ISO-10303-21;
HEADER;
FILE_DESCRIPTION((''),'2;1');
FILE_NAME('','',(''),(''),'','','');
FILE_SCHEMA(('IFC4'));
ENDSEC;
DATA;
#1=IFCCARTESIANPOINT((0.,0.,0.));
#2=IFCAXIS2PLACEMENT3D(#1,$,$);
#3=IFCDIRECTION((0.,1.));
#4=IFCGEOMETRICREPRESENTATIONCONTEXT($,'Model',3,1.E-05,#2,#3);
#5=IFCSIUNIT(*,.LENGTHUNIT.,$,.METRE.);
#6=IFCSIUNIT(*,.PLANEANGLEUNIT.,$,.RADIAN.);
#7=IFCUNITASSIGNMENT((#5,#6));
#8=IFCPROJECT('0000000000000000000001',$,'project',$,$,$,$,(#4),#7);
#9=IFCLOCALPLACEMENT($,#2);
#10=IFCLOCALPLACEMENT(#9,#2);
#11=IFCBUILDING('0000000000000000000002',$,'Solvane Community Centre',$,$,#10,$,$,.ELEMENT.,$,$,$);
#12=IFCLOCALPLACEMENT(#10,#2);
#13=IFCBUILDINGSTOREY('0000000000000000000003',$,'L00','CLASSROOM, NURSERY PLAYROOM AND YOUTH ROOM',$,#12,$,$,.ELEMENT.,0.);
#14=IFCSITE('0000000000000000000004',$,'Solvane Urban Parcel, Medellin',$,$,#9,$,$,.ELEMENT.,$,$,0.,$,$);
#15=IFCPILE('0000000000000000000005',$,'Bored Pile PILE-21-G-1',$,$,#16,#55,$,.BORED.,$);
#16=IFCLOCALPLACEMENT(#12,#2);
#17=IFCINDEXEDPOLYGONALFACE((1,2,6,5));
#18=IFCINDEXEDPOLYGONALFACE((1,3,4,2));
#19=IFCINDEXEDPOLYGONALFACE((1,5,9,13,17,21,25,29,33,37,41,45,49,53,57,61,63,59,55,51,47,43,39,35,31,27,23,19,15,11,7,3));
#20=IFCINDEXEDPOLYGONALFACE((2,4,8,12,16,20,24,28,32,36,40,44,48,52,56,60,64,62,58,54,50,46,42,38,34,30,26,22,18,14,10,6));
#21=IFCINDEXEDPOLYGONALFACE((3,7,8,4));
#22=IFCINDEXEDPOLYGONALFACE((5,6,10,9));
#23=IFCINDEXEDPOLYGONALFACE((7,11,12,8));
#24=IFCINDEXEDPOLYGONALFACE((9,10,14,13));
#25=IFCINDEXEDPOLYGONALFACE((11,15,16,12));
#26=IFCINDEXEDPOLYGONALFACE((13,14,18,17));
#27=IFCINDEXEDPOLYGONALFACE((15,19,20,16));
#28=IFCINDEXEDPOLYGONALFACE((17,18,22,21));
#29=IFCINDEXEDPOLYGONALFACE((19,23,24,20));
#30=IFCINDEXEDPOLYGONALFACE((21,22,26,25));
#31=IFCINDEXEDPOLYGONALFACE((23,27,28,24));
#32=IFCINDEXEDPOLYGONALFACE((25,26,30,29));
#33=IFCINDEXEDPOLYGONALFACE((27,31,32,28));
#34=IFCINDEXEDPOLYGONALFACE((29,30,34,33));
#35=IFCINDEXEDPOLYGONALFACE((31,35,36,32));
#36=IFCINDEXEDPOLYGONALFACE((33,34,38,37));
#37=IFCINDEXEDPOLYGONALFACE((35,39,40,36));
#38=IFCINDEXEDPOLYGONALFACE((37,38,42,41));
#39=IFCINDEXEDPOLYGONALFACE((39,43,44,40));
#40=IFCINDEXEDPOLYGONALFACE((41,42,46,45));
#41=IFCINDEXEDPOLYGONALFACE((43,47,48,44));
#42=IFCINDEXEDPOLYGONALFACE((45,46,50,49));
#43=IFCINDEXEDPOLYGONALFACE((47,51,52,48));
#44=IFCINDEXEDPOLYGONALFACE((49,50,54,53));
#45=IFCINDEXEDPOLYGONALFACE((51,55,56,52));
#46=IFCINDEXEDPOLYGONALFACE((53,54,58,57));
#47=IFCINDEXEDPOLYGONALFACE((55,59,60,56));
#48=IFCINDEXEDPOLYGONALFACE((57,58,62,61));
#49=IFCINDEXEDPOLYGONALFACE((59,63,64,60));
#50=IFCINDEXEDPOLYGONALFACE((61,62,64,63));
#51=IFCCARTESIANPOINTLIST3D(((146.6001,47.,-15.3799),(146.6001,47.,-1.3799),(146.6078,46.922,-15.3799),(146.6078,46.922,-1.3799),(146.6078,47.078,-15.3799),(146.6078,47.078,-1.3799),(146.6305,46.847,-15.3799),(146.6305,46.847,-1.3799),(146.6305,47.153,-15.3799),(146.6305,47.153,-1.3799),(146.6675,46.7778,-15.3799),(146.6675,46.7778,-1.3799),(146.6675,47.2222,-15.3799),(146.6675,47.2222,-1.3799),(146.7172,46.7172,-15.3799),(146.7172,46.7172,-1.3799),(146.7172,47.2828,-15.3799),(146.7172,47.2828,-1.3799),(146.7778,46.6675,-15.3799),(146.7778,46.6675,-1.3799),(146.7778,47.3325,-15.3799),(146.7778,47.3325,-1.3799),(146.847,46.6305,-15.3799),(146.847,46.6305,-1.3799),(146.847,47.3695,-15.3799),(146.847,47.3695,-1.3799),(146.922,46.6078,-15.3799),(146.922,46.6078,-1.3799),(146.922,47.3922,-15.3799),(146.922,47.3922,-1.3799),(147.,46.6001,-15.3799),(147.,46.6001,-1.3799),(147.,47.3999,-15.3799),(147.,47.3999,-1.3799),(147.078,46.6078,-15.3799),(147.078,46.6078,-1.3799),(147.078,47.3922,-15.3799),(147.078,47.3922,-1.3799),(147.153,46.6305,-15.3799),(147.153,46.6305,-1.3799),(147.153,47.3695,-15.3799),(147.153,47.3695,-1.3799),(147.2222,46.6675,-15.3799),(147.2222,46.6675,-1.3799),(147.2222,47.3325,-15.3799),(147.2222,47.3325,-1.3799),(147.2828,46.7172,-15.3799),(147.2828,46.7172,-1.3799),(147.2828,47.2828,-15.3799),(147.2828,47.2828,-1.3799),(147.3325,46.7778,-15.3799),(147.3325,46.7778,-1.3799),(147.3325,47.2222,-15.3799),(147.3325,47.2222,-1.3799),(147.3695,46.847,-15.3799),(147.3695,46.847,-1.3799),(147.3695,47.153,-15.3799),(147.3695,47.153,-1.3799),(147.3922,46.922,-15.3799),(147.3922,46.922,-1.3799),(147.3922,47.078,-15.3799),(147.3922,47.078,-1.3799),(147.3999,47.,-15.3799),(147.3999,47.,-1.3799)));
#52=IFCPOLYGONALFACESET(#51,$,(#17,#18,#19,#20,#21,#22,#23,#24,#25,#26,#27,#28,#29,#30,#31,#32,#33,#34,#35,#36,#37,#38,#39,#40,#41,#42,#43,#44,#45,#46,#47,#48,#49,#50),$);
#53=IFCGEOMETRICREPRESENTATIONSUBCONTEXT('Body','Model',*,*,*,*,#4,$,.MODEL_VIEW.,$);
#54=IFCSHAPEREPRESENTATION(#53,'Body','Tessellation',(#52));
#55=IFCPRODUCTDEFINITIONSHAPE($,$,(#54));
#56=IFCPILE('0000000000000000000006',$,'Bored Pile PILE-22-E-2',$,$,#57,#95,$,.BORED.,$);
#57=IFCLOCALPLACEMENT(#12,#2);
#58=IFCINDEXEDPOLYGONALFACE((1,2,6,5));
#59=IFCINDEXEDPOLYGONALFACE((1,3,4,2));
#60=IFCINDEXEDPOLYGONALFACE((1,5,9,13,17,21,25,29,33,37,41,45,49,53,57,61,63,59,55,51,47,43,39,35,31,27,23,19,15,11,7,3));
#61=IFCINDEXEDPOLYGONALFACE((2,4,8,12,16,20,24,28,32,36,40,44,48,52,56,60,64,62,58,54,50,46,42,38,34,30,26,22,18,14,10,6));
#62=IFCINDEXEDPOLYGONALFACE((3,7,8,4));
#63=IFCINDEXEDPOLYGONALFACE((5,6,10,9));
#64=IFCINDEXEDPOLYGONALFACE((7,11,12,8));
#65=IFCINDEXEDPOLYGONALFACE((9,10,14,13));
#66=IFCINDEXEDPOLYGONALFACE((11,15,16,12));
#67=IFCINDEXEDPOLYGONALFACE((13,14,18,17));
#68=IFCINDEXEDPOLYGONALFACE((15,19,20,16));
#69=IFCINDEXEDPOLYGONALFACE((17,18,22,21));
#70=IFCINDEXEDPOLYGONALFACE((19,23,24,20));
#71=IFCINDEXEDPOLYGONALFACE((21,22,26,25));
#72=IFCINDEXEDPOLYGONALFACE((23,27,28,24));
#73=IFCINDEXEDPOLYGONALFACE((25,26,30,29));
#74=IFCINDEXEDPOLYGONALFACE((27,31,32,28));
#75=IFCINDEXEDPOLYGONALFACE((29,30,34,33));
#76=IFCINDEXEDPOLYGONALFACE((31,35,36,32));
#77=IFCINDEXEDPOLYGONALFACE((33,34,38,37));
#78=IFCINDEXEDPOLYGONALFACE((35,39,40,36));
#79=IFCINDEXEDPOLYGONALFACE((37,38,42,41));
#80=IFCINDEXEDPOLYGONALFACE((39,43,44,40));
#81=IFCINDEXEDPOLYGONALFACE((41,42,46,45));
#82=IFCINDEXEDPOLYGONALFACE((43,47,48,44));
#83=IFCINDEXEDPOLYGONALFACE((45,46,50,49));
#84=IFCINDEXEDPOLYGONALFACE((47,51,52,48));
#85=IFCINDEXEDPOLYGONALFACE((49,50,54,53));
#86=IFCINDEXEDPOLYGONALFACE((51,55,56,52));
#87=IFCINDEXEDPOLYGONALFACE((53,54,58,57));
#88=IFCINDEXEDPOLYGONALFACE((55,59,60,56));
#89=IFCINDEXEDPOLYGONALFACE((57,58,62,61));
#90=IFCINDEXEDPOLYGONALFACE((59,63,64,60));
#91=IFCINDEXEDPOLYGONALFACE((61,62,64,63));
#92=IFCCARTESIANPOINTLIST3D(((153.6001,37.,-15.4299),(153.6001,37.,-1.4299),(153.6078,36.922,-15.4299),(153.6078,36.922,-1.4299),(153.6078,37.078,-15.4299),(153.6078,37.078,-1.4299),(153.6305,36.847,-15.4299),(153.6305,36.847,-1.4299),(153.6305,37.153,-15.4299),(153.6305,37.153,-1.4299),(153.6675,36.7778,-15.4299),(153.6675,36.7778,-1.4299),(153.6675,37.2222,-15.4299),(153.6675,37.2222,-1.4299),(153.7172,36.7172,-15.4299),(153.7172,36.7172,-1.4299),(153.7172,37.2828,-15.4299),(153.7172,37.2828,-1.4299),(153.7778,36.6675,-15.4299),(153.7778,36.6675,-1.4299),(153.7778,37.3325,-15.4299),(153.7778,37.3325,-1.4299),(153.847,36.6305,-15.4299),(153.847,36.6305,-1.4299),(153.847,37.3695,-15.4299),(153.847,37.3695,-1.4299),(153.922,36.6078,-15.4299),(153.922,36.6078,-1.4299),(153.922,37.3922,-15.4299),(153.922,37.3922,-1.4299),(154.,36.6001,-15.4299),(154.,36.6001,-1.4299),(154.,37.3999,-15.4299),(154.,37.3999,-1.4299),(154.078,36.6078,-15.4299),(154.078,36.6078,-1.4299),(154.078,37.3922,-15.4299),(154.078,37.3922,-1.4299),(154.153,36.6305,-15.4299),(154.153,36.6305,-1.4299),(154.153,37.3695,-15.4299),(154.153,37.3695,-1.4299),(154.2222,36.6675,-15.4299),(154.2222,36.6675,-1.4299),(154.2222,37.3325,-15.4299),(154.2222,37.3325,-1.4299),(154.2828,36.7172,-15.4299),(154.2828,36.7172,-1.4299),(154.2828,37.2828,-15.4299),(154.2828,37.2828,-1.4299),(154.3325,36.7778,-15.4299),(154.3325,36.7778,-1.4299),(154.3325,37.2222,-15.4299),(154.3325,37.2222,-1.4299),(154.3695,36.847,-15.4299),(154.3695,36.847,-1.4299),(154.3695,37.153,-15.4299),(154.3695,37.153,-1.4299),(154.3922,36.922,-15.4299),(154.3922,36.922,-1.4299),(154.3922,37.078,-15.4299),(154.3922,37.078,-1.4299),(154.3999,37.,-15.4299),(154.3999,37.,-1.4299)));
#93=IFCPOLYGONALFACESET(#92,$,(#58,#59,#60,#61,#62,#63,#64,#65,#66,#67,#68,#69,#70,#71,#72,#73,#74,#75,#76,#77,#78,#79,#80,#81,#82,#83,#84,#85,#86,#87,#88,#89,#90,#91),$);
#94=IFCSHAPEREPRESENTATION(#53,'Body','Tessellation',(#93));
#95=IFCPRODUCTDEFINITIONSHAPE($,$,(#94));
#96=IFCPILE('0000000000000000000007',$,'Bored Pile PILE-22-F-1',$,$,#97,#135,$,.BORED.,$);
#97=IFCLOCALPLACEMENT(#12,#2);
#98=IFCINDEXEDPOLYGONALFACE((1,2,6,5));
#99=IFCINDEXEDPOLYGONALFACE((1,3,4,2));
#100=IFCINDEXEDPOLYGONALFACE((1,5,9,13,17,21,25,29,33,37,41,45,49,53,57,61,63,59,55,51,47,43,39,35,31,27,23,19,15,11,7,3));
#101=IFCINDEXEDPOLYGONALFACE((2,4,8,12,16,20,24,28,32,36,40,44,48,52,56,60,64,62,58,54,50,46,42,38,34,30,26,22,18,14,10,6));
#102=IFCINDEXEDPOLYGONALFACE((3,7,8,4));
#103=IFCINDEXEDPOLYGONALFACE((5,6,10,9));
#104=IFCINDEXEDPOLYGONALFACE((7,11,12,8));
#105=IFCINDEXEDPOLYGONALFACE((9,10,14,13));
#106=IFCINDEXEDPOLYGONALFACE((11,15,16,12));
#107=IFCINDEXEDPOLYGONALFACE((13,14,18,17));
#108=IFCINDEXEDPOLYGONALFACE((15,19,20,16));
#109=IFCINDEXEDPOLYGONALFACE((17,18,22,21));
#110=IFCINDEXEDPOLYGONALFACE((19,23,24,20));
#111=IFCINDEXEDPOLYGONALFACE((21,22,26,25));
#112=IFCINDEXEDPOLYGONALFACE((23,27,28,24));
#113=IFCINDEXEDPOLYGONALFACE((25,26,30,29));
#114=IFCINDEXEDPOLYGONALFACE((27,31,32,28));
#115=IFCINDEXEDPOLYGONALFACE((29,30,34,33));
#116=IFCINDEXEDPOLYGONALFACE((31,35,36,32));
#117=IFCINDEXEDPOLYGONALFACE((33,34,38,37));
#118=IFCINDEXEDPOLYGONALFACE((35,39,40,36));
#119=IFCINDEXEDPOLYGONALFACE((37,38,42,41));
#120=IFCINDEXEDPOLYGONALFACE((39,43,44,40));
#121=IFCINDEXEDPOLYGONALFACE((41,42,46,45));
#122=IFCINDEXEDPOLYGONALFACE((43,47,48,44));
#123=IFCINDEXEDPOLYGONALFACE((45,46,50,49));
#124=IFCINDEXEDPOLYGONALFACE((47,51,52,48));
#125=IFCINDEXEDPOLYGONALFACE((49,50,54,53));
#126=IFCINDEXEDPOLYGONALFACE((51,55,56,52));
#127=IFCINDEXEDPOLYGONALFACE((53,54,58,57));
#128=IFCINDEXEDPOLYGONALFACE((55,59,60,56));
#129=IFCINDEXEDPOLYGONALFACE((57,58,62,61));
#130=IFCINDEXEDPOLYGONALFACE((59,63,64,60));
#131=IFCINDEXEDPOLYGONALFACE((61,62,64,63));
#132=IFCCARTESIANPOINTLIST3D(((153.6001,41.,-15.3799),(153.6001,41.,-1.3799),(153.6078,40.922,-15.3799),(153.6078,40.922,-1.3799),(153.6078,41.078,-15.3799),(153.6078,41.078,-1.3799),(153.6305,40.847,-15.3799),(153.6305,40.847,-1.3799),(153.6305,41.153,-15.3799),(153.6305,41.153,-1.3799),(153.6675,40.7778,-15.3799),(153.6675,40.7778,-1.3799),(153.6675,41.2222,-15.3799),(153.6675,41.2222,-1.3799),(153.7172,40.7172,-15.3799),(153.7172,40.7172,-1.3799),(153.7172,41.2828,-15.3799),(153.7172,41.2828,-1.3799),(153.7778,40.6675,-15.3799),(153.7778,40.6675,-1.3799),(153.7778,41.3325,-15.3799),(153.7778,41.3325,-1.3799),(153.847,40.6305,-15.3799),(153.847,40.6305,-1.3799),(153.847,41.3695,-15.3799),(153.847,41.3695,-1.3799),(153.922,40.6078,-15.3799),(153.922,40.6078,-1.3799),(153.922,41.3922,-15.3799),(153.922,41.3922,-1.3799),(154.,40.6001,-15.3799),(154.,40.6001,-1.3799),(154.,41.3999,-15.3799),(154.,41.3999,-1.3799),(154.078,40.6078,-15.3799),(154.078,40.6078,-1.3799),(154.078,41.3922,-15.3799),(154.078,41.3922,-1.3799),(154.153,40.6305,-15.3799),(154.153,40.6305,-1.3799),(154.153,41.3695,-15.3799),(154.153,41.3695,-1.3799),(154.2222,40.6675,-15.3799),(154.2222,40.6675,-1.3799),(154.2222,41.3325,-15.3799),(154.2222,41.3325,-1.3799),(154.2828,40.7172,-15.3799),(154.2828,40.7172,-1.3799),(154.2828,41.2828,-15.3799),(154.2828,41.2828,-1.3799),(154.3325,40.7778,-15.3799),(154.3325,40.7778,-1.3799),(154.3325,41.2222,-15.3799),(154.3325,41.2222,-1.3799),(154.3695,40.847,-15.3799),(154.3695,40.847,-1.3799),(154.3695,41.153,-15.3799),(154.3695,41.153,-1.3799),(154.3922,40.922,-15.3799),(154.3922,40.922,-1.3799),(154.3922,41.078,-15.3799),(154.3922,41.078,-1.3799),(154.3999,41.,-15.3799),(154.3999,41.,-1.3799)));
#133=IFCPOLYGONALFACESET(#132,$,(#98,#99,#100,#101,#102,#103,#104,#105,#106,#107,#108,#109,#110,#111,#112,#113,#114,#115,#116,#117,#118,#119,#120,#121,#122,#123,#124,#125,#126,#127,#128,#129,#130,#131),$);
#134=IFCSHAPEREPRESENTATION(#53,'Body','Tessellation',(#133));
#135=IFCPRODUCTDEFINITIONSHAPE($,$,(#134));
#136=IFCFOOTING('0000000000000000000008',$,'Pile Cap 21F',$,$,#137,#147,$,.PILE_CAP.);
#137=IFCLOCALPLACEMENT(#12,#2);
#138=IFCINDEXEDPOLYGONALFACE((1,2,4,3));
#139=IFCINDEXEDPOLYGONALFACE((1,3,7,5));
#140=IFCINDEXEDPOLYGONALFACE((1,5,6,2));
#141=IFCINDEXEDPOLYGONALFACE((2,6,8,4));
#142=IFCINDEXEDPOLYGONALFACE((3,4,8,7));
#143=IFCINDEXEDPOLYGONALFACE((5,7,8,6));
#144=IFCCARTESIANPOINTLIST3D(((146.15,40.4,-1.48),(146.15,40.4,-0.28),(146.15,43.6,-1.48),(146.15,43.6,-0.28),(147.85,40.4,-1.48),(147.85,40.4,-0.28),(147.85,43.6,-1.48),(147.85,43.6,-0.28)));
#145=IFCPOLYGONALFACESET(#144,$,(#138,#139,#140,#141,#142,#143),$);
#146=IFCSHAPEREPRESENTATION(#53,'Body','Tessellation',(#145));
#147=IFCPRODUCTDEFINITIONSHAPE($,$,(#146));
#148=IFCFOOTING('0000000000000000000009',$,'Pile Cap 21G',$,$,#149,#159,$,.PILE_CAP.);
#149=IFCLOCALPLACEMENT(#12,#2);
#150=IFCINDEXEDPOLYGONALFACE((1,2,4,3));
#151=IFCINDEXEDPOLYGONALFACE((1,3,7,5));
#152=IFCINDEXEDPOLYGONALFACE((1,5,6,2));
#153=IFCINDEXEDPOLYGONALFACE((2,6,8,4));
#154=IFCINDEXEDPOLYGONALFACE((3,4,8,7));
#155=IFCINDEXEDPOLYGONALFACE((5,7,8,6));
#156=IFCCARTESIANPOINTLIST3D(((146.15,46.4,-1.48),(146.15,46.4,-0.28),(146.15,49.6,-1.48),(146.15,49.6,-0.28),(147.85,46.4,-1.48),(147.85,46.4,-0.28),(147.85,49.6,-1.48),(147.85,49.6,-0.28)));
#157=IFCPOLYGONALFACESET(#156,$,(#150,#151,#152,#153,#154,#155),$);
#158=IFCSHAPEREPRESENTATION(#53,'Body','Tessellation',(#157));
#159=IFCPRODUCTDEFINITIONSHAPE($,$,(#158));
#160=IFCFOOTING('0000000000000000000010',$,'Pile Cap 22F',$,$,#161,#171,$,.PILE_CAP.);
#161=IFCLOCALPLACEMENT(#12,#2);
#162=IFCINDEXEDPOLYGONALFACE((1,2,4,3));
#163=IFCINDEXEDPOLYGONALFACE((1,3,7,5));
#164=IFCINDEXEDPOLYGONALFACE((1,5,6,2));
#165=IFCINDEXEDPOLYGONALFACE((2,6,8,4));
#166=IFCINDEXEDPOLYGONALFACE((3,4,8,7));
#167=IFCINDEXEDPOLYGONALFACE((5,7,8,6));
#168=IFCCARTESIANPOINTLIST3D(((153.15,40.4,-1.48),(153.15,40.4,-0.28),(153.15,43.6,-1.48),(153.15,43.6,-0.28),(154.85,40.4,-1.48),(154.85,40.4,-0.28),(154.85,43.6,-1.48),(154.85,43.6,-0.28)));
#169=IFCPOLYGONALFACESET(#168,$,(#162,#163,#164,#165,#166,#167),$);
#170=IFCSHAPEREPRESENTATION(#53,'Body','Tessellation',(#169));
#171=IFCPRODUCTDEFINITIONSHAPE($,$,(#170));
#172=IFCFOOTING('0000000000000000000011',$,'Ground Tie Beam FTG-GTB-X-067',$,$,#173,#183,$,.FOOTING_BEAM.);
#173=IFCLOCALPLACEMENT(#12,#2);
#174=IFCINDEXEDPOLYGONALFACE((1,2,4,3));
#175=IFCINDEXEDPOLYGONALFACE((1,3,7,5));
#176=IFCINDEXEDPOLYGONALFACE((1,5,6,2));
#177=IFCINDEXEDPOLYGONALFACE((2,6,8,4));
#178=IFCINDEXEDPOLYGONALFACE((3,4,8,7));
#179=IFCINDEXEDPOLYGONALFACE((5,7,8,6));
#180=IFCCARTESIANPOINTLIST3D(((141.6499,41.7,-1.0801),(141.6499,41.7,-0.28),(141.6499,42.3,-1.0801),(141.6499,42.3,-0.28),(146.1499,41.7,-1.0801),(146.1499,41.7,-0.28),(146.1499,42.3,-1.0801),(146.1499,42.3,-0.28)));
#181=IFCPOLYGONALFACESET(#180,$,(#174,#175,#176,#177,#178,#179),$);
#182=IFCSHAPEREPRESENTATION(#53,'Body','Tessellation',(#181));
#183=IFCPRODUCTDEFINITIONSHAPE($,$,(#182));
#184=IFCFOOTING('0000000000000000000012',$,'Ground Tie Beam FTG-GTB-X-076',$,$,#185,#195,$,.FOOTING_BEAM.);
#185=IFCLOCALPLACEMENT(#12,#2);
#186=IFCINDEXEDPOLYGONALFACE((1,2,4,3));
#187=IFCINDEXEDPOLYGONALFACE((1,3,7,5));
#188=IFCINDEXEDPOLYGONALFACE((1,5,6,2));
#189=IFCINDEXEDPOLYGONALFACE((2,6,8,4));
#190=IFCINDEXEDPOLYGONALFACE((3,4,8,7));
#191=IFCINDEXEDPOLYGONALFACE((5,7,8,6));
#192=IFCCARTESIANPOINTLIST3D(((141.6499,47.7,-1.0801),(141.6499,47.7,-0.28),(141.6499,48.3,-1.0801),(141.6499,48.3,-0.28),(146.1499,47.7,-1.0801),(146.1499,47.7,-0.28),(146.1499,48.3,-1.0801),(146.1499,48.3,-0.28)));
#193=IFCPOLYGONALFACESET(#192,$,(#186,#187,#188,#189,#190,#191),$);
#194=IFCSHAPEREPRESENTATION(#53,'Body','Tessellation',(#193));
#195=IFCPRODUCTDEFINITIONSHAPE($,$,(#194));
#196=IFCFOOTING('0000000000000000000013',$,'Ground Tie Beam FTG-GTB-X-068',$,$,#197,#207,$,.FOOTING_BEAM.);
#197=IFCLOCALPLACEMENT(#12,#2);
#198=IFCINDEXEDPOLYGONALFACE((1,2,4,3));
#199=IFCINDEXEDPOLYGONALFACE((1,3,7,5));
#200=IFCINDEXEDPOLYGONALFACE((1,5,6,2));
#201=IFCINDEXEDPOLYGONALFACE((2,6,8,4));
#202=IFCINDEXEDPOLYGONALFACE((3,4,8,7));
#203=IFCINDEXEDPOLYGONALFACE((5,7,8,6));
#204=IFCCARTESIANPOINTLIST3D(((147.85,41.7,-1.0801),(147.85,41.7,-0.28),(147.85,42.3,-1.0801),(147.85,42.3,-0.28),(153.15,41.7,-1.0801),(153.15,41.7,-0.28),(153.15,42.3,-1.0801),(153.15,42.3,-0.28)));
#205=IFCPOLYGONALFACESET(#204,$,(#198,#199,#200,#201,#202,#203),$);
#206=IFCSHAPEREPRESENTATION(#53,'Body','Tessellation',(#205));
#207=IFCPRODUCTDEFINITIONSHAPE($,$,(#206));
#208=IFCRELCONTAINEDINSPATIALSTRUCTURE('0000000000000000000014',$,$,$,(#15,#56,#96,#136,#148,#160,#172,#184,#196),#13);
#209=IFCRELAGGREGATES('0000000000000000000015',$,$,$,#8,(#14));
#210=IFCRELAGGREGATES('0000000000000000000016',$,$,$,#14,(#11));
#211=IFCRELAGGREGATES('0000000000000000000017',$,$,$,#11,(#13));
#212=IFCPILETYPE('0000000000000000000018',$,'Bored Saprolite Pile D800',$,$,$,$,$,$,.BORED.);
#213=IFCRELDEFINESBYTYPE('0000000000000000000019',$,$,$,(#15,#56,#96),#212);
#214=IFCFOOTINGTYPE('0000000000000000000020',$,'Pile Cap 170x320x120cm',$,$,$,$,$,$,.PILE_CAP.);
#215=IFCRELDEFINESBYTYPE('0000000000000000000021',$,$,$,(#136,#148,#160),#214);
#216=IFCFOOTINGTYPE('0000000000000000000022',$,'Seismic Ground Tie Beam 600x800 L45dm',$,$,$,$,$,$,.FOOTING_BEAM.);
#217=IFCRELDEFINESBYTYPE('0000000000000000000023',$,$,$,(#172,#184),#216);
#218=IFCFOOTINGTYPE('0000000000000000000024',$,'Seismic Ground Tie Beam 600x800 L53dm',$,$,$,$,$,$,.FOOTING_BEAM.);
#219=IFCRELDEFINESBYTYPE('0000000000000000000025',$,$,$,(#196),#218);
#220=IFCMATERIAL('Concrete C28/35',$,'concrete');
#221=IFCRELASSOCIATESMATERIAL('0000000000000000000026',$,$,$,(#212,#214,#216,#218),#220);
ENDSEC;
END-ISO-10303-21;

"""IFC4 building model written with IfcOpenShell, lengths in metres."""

from ifc_helpers import new_model, si_unit, direction, frame, origin, origin_2d, place, context, subcontext, project, spatial, rectangle, circle, extrude, material, material_profile, profile_set, type_object, element, save


model = new_model("IFC4")

# Units and contexts
model_context = context("Model", 3, precision=1e-05, world=origin(), true_north=direction((0.0, 1.0)))
body_context = subcontext(model_context, "Body", "Model", "MODEL_VIEW")
ifc_project = project(units=[si_unit("LENGTHUNIT", "METRE"), si_unit("PLANEANGLEUNIT", "RADIAN")], contexts=[model_context])

# Site, building, storey
site_placement = place(None, origin())
site = spatial("IfcSite", under=ifc_project, at=site_placement, Name="Solvane Urban Parcel, Medellin", CompositionType="ELEMENT", RefElevation=0.0)
building_placement = place(site_placement, origin())
building = spatial("IfcBuilding", under=site, at=building_placement, Name="Solvane Community Centre", CompositionType="ELEMENT")
storey_placement = place(building_placement, origin())
storey = spatial("IfcBuildingStorey", under=building, at=storey_placement, Name="L00", Description="CLASSROOM, NURSERY PLAYROOM AND YOUTH ROOM", CompositionType="ELEMENT", Elevation=0.0)

# Piles
ifc_material_1 = material(Name="Concrete C28/35", Category="concrete")
ifc_material_profile_1 = material_profile(ifc_material_1, circle(Radius=0.3999, at=origin_2d()), Name="PILE D800")
ifc_profile_set_1 = profile_set([ifc_material_profile_1], Name="Concrete C28/35")
pile_type = type_object("IfcPileType", Name="Bored Saprolite Pile D800", PredefinedType="BORED", material=ifc_profile_set_1)
for number, where, z_axis, x_axis, name in (
    (1, (147.0, 47.0, -1.3799), (0.0, 0.0, -1.0), (1.0, 0.0, 0.0), "Bored Pile PILE-21-G-1"),
    (2, (154.0, 37.0, -1.4299), (0.0, 0.0, -1.0), (1.0, 0.0, 0.0), "Bored Pile PILE-22-E-2"),
    (3, (154.0, 41.0, -1.3799), (0.0, 0.0, -1.0), (1.0, 0.0, 0.0), "Bored Pile PILE-22-F-1"),
):
    element("IfcPile", number, at=place(storey_placement, frame(where, z_axis=z_axis, x_axis=x_axis)), inside=storey, type_object=pile_type, Name=name, PredefinedType="BORED", context=body_context, shape_type="SweptSolid", body=[
        extrude(circle(Radius=0.3999, at=origin_2d()), origin(), (0.0, 0.0, 1.0), 14.0),
    ])

# Footings
footing_type_1 = type_object("IfcFootingType", Name="Pile Cap 170x320x120cm", PredefinedType="PILE_CAP", material=ifc_material_1)
for number, where, z_axis, x_axis, name in (
    (4, (147.0, 42.0, -1.48), (0.0, 0.0, 1.0), (1.0, 0.0, 0.0), "Pile Cap 21F"),
    (5, (147.0, 48.0, -1.48), (0.0, 0.0, 1.0), (1.0, 0.0, 0.0), "Pile Cap 21G"),
    (6, (154.0, 42.0, -1.48), (0.0, 0.0, 1.0), (1.0, 0.0, 0.0), "Pile Cap 22F"),
):
    element("IfcFooting", number, at=place(storey_placement, frame(where, z_axis=z_axis, x_axis=x_axis)), inside=storey, type_object=footing_type_1, Name=name, PredefinedType="PILE_CAP", context=body_context, shape_type="SweptSolid", body=[
        extrude(rectangle(XDim=1.7, YDim=3.2, at=origin_2d()), origin(), (0.0, 0.0, 1.0), 1.2),
    ])
footing_type_2 = type_object("IfcFootingType", Name="Seismic Ground Tie Beam 600x800 L45dm", PredefinedType="FOOTING_BEAM", material=ifc_material_1)
for number, where, z_axis, x_axis, name in (
    (7, (143.8999, 42.0, -1.0801), (0.0, 0.0, 1.0), (1.0, 0.0, 0.0), "Ground Tie Beam FTG-GTB-X-067"),
    (8, (143.8999, 48.0, -1.0801), (0.0, 0.0, 1.0), (1.0, 0.0, 0.0), "Ground Tie Beam FTG-GTB-X-076"),
):
    element("IfcFooting", number, at=place(storey_placement, frame(where, z_axis=z_axis, x_axis=x_axis)), inside=storey, type_object=footing_type_2, Name=name, PredefinedType="FOOTING_BEAM", context=body_context, shape_type="SweptSolid", body=[
        extrude(rectangle(XDim=4.5, YDim=0.6001, at=origin_2d()), origin(), (0.0, 0.0, 1.0), 0.8),
    ])
footing_type_3 = type_object("IfcFootingType", Name="Seismic Ground Tie Beam 600x800 L53dm", PredefinedType="FOOTING_BEAM", material=ifc_material_1)
footing_placement = place(storey_placement, frame((150.5, 42.0, -1.0801), z_axis=(0.0, 0.0, 1.0), x_axis=(1.0, 0.0, 0.0)))
element("IfcFooting", 9, at=footing_placement, inside=storey, type_object=footing_type_3, Name="Ground Tie Beam FTG-GTB-X-068", PredefinedType="FOOTING_BEAM", context=body_context, shape_type="SweptSolid", body=[
    extrude(rectangle(XDim=5.3, YDim=0.6001, at=origin_2d()), origin(), (0.0, 0.0, 1.0), 0.8),
])

save(model, "model.ifc")
